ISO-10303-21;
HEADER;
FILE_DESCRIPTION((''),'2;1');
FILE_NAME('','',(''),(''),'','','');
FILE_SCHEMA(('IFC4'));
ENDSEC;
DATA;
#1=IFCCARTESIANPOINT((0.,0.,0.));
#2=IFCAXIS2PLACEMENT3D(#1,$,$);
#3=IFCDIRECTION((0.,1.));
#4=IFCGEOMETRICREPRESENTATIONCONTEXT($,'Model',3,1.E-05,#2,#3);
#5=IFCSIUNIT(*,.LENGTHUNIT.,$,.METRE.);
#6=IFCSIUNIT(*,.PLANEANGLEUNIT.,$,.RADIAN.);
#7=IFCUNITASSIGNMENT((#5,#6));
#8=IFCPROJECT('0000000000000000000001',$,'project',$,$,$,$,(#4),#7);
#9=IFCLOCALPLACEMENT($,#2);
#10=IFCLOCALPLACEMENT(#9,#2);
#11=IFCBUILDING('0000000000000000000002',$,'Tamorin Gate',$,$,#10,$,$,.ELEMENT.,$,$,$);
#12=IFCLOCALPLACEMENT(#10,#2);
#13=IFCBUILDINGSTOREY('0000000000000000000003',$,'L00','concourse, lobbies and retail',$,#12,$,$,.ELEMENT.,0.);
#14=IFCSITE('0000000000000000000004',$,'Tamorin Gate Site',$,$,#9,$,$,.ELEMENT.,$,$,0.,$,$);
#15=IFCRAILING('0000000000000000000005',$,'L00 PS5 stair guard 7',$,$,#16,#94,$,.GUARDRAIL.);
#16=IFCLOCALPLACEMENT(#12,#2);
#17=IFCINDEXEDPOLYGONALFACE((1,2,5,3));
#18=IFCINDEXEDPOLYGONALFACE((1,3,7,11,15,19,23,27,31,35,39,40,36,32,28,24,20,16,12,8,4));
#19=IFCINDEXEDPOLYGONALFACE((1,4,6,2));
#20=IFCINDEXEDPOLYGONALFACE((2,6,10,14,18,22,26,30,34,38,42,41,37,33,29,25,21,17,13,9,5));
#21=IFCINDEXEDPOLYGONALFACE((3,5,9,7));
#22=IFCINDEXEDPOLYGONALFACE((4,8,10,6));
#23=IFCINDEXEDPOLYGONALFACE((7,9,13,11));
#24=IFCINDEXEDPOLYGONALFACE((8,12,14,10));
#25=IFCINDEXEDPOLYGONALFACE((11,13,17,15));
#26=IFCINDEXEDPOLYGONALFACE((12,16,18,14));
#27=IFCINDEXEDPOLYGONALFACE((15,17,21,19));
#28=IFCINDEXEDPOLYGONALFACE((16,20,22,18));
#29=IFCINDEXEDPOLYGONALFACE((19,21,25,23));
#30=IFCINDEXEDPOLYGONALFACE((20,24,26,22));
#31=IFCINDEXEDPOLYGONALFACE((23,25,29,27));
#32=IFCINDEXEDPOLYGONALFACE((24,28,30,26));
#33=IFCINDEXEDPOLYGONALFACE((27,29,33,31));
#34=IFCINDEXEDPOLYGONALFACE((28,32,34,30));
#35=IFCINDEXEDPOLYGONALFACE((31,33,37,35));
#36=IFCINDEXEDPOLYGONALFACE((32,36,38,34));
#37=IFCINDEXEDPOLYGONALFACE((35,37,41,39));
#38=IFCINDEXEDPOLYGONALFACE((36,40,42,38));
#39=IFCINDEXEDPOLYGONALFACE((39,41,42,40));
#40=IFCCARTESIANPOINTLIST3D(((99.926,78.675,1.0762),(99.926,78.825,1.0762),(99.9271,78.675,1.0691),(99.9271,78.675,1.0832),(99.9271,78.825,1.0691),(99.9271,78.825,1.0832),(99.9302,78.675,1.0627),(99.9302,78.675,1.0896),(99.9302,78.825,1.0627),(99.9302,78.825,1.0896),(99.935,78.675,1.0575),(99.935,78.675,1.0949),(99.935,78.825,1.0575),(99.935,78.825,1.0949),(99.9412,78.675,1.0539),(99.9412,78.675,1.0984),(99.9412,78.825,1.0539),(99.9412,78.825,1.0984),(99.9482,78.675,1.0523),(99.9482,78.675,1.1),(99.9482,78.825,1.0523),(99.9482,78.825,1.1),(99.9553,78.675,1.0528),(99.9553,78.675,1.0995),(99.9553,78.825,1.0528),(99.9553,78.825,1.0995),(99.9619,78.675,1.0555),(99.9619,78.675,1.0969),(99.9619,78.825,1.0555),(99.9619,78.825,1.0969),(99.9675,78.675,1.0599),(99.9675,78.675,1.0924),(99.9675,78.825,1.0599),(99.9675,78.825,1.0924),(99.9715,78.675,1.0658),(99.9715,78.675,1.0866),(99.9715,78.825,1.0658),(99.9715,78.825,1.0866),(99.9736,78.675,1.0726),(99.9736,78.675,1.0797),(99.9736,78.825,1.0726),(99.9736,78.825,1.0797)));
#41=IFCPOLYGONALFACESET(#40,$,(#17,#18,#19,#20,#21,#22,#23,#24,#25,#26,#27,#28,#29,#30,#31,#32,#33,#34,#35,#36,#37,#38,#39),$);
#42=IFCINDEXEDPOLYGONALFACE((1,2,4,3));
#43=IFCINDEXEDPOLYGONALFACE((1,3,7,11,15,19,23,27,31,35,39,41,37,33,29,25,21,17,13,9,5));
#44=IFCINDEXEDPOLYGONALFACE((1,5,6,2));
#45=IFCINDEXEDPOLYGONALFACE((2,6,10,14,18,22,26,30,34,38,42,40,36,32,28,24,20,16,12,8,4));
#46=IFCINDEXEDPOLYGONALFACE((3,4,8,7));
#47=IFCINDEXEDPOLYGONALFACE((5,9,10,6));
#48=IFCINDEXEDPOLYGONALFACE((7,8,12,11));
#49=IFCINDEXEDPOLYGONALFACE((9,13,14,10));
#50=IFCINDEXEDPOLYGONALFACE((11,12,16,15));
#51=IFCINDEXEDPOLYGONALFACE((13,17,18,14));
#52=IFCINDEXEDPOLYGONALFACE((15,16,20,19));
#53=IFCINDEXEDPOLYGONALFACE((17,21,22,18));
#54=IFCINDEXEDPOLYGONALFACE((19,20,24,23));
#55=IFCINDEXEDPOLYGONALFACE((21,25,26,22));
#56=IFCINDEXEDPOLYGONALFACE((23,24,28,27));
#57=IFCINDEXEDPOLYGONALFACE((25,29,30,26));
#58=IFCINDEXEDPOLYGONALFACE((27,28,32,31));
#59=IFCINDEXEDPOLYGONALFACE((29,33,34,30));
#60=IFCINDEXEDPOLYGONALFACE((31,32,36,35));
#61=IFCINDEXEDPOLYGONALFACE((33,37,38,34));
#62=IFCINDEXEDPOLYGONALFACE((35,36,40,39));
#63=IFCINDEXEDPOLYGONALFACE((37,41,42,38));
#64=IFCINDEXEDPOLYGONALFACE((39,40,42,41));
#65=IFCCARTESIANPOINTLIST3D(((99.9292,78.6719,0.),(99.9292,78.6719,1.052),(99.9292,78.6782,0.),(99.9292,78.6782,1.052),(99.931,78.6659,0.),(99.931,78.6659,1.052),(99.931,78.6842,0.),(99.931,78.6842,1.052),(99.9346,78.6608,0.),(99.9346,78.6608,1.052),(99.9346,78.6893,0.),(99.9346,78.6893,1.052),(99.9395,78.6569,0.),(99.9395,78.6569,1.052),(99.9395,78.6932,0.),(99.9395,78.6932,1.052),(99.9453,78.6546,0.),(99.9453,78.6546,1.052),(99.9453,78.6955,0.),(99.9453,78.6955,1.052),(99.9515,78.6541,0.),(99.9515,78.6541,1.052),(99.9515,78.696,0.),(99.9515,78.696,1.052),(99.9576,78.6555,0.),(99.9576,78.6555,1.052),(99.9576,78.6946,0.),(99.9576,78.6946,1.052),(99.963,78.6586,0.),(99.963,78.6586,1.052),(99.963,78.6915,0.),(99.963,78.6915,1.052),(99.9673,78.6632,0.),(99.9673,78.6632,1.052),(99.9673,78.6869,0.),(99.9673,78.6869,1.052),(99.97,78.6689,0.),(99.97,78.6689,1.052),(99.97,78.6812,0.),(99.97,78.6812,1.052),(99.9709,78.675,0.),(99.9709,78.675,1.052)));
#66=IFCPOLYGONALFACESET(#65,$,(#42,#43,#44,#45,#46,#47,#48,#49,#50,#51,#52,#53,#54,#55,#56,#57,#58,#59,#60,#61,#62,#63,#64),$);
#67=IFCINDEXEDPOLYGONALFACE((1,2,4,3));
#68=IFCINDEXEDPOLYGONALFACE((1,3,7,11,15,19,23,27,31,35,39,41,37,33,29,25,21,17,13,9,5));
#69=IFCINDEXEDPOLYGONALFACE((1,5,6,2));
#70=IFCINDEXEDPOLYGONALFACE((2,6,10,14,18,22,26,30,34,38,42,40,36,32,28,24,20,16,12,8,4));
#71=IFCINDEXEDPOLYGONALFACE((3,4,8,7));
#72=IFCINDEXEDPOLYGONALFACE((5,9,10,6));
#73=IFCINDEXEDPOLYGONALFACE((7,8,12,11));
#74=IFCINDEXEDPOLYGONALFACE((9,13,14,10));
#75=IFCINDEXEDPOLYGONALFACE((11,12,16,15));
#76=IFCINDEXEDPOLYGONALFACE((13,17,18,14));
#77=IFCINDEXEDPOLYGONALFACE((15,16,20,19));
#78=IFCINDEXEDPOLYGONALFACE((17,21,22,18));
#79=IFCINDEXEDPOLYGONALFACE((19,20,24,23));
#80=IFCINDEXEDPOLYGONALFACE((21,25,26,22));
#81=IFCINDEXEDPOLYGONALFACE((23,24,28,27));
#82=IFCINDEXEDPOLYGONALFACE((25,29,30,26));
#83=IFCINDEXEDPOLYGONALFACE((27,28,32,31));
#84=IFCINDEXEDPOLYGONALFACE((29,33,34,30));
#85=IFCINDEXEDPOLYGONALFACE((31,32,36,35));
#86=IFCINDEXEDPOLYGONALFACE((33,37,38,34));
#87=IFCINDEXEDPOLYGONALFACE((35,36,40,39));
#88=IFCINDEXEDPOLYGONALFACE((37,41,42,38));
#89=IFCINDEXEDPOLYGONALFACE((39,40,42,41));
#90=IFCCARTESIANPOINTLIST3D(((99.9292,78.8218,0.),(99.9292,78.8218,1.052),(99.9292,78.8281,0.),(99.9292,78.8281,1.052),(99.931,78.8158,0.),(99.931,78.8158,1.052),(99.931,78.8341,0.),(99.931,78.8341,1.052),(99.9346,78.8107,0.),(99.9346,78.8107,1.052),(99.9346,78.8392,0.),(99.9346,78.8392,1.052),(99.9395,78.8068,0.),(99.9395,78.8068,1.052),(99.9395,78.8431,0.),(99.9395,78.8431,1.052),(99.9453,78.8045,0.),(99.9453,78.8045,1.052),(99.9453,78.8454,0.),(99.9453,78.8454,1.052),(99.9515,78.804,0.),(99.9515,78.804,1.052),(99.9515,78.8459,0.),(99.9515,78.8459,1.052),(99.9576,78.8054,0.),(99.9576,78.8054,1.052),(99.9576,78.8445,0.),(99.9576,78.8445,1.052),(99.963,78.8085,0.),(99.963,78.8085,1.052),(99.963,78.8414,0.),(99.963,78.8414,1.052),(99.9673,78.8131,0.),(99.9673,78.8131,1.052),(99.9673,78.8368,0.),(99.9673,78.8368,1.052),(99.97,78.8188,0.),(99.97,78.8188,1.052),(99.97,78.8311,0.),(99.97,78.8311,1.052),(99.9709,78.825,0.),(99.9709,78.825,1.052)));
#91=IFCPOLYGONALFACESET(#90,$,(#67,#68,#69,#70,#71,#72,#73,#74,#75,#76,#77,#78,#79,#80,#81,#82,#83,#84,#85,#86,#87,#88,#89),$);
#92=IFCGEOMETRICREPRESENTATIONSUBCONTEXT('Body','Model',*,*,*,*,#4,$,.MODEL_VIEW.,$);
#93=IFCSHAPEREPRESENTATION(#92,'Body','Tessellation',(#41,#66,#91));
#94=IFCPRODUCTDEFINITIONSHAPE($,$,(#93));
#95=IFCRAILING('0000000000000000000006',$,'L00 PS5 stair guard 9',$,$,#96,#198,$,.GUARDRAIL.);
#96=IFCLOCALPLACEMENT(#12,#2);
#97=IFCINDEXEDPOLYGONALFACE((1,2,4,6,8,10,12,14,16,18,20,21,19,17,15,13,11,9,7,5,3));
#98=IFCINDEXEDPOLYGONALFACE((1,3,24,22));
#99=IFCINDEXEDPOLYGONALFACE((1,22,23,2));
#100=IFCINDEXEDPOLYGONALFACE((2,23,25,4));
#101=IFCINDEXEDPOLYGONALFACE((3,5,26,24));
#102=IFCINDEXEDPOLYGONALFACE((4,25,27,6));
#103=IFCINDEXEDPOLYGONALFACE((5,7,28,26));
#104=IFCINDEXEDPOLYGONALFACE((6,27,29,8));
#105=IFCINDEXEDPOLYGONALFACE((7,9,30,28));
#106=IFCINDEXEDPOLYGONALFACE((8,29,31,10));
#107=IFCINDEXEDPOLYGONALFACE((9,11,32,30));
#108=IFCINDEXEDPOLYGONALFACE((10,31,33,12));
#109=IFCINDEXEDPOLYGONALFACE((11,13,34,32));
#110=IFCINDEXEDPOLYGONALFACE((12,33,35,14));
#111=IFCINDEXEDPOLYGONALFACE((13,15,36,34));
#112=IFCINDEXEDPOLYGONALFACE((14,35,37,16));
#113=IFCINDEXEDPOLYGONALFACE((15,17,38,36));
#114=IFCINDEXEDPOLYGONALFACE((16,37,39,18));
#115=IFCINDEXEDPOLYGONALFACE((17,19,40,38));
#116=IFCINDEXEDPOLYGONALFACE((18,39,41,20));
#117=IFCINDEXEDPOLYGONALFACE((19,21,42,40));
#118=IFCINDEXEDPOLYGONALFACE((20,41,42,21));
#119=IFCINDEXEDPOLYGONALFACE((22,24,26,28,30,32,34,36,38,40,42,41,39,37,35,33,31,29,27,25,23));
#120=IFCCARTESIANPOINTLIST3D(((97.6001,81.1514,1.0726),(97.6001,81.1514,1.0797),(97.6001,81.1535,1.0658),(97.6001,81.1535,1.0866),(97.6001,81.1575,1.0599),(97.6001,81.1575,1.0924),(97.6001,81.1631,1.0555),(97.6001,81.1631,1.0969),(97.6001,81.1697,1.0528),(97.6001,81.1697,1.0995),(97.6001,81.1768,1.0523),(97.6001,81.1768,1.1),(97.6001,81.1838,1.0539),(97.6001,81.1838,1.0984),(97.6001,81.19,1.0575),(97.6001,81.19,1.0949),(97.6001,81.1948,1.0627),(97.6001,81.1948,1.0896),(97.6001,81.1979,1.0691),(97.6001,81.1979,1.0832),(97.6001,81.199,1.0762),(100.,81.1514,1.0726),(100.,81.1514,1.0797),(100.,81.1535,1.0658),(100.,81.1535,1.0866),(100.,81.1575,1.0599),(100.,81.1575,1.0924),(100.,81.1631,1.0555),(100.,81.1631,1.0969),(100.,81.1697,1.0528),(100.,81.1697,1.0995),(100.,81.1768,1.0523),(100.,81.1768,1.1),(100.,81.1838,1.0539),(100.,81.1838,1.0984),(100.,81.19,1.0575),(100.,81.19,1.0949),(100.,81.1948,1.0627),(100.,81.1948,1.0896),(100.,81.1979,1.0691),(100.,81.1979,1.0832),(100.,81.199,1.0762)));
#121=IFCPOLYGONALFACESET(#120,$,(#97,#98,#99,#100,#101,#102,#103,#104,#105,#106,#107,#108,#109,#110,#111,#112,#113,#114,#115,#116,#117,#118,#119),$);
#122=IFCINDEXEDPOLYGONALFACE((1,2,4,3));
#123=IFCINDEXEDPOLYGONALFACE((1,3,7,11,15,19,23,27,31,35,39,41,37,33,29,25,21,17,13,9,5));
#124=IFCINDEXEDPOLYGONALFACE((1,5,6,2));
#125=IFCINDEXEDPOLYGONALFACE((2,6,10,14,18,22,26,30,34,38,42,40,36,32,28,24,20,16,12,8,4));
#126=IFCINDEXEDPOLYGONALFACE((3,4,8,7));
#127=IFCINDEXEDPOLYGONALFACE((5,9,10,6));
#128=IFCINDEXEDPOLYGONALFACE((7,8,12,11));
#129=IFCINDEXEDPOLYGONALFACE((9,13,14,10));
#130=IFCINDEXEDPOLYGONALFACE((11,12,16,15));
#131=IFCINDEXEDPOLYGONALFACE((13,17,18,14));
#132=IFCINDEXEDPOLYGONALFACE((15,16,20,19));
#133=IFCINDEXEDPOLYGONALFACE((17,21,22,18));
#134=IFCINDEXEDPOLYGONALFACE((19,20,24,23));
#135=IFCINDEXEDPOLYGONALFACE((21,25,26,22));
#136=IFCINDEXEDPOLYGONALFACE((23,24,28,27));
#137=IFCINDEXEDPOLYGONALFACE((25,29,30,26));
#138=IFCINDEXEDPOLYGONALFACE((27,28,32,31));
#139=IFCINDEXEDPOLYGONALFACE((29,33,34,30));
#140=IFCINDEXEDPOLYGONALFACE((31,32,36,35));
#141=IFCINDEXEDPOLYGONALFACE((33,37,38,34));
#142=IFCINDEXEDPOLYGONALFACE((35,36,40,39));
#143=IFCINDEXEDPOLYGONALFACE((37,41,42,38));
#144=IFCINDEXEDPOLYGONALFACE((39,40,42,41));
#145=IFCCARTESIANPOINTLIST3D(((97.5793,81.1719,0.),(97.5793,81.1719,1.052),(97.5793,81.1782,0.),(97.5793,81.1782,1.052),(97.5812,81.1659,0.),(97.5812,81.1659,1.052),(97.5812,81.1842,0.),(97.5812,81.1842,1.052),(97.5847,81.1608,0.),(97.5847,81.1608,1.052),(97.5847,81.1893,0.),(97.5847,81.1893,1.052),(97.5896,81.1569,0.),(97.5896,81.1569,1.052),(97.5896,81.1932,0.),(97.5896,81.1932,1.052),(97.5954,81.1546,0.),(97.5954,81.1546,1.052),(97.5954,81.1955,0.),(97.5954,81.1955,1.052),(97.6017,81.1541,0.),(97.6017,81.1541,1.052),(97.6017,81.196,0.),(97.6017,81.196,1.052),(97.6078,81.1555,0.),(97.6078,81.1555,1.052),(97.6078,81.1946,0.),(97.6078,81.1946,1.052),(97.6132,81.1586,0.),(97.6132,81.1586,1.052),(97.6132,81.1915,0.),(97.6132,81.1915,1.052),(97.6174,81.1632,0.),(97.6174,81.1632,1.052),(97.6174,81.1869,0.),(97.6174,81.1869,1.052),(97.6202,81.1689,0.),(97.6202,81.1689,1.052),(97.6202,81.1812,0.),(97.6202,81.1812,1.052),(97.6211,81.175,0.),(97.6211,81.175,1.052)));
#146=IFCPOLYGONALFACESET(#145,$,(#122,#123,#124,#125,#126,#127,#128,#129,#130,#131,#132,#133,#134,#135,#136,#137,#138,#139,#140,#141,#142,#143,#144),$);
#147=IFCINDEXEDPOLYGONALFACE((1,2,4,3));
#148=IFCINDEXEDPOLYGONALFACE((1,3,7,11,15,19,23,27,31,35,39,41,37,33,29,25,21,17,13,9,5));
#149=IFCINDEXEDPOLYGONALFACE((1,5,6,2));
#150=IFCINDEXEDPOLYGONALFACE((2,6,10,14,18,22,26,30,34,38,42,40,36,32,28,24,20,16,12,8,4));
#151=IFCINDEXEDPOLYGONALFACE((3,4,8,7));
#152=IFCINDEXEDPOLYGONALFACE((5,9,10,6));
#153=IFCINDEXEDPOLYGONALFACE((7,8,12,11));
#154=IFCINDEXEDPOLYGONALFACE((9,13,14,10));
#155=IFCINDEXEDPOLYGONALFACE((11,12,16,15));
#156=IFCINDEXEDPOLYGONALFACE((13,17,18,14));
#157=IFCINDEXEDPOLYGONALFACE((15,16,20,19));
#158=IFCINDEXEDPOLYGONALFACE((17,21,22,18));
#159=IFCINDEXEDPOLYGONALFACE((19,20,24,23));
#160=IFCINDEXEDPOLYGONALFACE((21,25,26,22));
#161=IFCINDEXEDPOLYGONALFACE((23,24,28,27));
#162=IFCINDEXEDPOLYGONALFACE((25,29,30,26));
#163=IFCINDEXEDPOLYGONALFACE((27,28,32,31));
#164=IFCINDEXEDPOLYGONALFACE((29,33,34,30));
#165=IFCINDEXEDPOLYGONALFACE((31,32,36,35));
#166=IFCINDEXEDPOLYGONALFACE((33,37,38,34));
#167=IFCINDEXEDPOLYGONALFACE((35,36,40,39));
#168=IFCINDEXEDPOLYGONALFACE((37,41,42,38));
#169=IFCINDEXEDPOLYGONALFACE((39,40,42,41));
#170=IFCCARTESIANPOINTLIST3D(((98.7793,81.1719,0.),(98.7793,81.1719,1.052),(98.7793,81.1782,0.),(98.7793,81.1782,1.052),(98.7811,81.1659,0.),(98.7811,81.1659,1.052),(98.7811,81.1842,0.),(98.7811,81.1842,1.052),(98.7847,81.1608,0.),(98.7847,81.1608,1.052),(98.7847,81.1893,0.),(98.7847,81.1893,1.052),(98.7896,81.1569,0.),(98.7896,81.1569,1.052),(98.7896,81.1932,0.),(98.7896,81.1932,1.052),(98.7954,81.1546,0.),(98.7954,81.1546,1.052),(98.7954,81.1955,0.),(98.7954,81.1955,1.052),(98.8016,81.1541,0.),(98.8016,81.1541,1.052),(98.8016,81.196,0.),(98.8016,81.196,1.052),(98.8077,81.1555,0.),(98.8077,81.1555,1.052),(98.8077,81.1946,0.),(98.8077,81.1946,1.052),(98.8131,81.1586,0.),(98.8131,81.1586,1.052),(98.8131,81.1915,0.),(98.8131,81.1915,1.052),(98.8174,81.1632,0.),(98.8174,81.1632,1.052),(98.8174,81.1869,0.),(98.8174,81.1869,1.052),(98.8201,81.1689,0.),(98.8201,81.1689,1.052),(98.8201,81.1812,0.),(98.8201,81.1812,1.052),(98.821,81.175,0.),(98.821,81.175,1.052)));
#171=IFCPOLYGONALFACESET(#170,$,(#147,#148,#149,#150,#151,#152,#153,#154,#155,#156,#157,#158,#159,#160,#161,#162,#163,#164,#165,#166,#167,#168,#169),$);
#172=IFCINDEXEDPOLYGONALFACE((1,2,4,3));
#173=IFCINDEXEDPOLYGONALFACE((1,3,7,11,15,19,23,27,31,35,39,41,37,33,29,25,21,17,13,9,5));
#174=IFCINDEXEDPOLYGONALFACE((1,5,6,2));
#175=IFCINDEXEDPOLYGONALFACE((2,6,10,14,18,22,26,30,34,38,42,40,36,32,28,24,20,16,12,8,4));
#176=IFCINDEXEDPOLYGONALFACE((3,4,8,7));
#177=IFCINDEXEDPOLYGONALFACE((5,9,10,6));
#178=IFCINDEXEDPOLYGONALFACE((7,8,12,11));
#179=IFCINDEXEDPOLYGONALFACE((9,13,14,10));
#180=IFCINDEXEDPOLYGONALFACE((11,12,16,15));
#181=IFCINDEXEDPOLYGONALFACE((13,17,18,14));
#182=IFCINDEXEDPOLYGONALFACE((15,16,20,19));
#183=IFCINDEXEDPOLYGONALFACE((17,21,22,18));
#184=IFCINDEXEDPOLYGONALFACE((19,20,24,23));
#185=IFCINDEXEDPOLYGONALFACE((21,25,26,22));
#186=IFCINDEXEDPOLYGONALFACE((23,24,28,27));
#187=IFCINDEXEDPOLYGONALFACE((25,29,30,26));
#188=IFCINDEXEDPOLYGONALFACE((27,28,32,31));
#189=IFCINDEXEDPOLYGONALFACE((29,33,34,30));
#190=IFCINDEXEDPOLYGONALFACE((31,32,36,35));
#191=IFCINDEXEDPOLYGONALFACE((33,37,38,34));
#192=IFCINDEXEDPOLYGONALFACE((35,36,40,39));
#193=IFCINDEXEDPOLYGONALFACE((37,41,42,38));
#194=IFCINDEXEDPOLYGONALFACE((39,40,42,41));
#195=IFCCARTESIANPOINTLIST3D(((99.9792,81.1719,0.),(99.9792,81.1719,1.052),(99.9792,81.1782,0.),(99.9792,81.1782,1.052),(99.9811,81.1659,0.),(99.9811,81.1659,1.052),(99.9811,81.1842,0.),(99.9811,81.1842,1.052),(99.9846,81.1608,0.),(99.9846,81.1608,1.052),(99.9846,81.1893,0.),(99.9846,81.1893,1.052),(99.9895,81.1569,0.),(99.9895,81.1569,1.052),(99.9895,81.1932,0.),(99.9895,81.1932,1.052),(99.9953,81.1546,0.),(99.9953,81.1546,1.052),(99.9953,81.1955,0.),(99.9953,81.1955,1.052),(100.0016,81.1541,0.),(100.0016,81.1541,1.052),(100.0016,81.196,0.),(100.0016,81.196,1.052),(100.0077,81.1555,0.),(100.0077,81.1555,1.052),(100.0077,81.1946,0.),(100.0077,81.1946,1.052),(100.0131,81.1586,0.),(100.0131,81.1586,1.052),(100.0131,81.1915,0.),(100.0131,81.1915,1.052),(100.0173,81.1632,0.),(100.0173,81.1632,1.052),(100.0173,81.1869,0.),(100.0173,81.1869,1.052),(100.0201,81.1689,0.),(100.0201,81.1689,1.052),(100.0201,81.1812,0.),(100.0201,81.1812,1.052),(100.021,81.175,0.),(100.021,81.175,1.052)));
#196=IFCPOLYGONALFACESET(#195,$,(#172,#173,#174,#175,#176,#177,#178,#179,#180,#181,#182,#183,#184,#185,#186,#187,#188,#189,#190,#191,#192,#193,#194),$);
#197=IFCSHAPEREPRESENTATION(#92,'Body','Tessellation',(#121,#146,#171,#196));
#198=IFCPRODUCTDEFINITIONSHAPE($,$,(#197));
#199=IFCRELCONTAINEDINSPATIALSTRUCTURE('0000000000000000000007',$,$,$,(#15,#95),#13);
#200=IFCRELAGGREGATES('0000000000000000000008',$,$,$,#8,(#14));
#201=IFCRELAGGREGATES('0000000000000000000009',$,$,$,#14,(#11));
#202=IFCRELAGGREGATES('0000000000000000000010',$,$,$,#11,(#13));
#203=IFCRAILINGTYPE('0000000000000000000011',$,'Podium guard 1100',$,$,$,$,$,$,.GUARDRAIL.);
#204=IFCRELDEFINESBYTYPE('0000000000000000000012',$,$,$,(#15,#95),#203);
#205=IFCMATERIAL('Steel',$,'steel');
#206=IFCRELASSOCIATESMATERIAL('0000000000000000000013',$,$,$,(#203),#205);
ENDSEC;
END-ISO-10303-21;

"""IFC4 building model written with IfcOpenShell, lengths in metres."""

from ifc_helpers import new_model, si_unit, direction, frame, origin, origin_2d, place, context, subcontext, project, spatial, circle, extrude, material, type_object, element, save


model = new_model("IFC4")

# Units and contexts
model_context = context("Model", 3, precision=1e-05, world=origin(), true_north=direction((0.0, 1.0)))
body_context = subcontext(model_context, "Body", "Model", "MODEL_VIEW")
ifc_project = project(units=[si_unit("LENGTHUNIT", "METRE"), si_unit("PLANEANGLEUNIT", "RADIAN")], contexts=[model_context])

# Site, building, storey
site_placement = place(None, origin())
site = spatial("IfcSite", under=ifc_project, at=site_placement, Name="Tamorin Gate Site", CompositionType="ELEMENT", RefElevation=0.0)
building_placement = place(site_placement, origin())
building = spatial("IfcBuilding", under=site, at=building_placement, Name="Tamorin Gate", CompositionType="ELEMENT")
storey_placement = place(building_placement, origin())
storey = spatial("IfcBuildingStorey", under=building, at=storey_placement, Name="L00", Description="concourse, lobbies and retail", CompositionType="ELEMENT", Elevation=0.0)

# Railings
ifc_material_1 = material(Name="Steel", Category="steel")
railing_type_1 = type_object("IfcRailingType", Name="Podium guard 1100", PredefinedType="GUARDRAIL", material=ifc_material_1)
railing_1_placement = place(storey_placement, frame((99.95, 78.675, 0.0)))
element("IfcRailing", 1, at=railing_1_placement, inside=storey, type_object=railing_type_1, Name="L00 PS5 stair guard 7", PredefinedType="GUARDRAIL", context=body_context, shape_type="SweptSolid", body=[
    extrude(circle(Radius=0.0239, at=origin_2d()), frame((0.0, 0.0, 1.0762), z_axis=(0.0, 1.0, 0.0), x_axis=(-1.0, 0.0, 0.0)), (0.0, 0.0, 1.0), 0.1499),
    extrude(circle(Radius=0.021, at=origin_2d()), origin(), (0.0, 0.0, 1.0), 1.052),
    extrude(circle(Radius=0.021, at=origin_2d()), frame((0.0, 0.1499, 0.0)), (0.0, 0.0, 1.0), 1.052),
])
railing_2_placement = place(storey_placement, frame((97.6001, 81.175, 0.0)))
element("IfcRailing", 2, at=railing_2_placement, inside=storey, type_object=railing_type_1, Name="L00 PS5 stair guard 9", PredefinedType="GUARDRAIL", context=body_context, shape_type="SweptSolid", body=[
    extrude(circle(Radius=0.0239, at=origin_2d()), frame((0.0, 0.0, 1.0762), z_axis=(1.0, 0.0, 0.0), x_axis=(0.0, 1.0, 0.0)), (0.0, 0.0, 1.0), 2.3999),
    extrude(circle(Radius=0.021, at=origin_2d()), origin(), (0.0, 0.0, 1.0), 1.052),
    extrude(circle(Radius=0.021, at=origin_2d()), frame((1.2, 0.0, 0.0)), (0.0, 0.0, 1.0), 1.052),
    extrude(circle(Radius=0.021, at=origin_2d()), frame((2.3999, 0.0, 0.0)), (0.0, 0.0, 1.0), 1.052),
])

save(model, "model.ifc")
